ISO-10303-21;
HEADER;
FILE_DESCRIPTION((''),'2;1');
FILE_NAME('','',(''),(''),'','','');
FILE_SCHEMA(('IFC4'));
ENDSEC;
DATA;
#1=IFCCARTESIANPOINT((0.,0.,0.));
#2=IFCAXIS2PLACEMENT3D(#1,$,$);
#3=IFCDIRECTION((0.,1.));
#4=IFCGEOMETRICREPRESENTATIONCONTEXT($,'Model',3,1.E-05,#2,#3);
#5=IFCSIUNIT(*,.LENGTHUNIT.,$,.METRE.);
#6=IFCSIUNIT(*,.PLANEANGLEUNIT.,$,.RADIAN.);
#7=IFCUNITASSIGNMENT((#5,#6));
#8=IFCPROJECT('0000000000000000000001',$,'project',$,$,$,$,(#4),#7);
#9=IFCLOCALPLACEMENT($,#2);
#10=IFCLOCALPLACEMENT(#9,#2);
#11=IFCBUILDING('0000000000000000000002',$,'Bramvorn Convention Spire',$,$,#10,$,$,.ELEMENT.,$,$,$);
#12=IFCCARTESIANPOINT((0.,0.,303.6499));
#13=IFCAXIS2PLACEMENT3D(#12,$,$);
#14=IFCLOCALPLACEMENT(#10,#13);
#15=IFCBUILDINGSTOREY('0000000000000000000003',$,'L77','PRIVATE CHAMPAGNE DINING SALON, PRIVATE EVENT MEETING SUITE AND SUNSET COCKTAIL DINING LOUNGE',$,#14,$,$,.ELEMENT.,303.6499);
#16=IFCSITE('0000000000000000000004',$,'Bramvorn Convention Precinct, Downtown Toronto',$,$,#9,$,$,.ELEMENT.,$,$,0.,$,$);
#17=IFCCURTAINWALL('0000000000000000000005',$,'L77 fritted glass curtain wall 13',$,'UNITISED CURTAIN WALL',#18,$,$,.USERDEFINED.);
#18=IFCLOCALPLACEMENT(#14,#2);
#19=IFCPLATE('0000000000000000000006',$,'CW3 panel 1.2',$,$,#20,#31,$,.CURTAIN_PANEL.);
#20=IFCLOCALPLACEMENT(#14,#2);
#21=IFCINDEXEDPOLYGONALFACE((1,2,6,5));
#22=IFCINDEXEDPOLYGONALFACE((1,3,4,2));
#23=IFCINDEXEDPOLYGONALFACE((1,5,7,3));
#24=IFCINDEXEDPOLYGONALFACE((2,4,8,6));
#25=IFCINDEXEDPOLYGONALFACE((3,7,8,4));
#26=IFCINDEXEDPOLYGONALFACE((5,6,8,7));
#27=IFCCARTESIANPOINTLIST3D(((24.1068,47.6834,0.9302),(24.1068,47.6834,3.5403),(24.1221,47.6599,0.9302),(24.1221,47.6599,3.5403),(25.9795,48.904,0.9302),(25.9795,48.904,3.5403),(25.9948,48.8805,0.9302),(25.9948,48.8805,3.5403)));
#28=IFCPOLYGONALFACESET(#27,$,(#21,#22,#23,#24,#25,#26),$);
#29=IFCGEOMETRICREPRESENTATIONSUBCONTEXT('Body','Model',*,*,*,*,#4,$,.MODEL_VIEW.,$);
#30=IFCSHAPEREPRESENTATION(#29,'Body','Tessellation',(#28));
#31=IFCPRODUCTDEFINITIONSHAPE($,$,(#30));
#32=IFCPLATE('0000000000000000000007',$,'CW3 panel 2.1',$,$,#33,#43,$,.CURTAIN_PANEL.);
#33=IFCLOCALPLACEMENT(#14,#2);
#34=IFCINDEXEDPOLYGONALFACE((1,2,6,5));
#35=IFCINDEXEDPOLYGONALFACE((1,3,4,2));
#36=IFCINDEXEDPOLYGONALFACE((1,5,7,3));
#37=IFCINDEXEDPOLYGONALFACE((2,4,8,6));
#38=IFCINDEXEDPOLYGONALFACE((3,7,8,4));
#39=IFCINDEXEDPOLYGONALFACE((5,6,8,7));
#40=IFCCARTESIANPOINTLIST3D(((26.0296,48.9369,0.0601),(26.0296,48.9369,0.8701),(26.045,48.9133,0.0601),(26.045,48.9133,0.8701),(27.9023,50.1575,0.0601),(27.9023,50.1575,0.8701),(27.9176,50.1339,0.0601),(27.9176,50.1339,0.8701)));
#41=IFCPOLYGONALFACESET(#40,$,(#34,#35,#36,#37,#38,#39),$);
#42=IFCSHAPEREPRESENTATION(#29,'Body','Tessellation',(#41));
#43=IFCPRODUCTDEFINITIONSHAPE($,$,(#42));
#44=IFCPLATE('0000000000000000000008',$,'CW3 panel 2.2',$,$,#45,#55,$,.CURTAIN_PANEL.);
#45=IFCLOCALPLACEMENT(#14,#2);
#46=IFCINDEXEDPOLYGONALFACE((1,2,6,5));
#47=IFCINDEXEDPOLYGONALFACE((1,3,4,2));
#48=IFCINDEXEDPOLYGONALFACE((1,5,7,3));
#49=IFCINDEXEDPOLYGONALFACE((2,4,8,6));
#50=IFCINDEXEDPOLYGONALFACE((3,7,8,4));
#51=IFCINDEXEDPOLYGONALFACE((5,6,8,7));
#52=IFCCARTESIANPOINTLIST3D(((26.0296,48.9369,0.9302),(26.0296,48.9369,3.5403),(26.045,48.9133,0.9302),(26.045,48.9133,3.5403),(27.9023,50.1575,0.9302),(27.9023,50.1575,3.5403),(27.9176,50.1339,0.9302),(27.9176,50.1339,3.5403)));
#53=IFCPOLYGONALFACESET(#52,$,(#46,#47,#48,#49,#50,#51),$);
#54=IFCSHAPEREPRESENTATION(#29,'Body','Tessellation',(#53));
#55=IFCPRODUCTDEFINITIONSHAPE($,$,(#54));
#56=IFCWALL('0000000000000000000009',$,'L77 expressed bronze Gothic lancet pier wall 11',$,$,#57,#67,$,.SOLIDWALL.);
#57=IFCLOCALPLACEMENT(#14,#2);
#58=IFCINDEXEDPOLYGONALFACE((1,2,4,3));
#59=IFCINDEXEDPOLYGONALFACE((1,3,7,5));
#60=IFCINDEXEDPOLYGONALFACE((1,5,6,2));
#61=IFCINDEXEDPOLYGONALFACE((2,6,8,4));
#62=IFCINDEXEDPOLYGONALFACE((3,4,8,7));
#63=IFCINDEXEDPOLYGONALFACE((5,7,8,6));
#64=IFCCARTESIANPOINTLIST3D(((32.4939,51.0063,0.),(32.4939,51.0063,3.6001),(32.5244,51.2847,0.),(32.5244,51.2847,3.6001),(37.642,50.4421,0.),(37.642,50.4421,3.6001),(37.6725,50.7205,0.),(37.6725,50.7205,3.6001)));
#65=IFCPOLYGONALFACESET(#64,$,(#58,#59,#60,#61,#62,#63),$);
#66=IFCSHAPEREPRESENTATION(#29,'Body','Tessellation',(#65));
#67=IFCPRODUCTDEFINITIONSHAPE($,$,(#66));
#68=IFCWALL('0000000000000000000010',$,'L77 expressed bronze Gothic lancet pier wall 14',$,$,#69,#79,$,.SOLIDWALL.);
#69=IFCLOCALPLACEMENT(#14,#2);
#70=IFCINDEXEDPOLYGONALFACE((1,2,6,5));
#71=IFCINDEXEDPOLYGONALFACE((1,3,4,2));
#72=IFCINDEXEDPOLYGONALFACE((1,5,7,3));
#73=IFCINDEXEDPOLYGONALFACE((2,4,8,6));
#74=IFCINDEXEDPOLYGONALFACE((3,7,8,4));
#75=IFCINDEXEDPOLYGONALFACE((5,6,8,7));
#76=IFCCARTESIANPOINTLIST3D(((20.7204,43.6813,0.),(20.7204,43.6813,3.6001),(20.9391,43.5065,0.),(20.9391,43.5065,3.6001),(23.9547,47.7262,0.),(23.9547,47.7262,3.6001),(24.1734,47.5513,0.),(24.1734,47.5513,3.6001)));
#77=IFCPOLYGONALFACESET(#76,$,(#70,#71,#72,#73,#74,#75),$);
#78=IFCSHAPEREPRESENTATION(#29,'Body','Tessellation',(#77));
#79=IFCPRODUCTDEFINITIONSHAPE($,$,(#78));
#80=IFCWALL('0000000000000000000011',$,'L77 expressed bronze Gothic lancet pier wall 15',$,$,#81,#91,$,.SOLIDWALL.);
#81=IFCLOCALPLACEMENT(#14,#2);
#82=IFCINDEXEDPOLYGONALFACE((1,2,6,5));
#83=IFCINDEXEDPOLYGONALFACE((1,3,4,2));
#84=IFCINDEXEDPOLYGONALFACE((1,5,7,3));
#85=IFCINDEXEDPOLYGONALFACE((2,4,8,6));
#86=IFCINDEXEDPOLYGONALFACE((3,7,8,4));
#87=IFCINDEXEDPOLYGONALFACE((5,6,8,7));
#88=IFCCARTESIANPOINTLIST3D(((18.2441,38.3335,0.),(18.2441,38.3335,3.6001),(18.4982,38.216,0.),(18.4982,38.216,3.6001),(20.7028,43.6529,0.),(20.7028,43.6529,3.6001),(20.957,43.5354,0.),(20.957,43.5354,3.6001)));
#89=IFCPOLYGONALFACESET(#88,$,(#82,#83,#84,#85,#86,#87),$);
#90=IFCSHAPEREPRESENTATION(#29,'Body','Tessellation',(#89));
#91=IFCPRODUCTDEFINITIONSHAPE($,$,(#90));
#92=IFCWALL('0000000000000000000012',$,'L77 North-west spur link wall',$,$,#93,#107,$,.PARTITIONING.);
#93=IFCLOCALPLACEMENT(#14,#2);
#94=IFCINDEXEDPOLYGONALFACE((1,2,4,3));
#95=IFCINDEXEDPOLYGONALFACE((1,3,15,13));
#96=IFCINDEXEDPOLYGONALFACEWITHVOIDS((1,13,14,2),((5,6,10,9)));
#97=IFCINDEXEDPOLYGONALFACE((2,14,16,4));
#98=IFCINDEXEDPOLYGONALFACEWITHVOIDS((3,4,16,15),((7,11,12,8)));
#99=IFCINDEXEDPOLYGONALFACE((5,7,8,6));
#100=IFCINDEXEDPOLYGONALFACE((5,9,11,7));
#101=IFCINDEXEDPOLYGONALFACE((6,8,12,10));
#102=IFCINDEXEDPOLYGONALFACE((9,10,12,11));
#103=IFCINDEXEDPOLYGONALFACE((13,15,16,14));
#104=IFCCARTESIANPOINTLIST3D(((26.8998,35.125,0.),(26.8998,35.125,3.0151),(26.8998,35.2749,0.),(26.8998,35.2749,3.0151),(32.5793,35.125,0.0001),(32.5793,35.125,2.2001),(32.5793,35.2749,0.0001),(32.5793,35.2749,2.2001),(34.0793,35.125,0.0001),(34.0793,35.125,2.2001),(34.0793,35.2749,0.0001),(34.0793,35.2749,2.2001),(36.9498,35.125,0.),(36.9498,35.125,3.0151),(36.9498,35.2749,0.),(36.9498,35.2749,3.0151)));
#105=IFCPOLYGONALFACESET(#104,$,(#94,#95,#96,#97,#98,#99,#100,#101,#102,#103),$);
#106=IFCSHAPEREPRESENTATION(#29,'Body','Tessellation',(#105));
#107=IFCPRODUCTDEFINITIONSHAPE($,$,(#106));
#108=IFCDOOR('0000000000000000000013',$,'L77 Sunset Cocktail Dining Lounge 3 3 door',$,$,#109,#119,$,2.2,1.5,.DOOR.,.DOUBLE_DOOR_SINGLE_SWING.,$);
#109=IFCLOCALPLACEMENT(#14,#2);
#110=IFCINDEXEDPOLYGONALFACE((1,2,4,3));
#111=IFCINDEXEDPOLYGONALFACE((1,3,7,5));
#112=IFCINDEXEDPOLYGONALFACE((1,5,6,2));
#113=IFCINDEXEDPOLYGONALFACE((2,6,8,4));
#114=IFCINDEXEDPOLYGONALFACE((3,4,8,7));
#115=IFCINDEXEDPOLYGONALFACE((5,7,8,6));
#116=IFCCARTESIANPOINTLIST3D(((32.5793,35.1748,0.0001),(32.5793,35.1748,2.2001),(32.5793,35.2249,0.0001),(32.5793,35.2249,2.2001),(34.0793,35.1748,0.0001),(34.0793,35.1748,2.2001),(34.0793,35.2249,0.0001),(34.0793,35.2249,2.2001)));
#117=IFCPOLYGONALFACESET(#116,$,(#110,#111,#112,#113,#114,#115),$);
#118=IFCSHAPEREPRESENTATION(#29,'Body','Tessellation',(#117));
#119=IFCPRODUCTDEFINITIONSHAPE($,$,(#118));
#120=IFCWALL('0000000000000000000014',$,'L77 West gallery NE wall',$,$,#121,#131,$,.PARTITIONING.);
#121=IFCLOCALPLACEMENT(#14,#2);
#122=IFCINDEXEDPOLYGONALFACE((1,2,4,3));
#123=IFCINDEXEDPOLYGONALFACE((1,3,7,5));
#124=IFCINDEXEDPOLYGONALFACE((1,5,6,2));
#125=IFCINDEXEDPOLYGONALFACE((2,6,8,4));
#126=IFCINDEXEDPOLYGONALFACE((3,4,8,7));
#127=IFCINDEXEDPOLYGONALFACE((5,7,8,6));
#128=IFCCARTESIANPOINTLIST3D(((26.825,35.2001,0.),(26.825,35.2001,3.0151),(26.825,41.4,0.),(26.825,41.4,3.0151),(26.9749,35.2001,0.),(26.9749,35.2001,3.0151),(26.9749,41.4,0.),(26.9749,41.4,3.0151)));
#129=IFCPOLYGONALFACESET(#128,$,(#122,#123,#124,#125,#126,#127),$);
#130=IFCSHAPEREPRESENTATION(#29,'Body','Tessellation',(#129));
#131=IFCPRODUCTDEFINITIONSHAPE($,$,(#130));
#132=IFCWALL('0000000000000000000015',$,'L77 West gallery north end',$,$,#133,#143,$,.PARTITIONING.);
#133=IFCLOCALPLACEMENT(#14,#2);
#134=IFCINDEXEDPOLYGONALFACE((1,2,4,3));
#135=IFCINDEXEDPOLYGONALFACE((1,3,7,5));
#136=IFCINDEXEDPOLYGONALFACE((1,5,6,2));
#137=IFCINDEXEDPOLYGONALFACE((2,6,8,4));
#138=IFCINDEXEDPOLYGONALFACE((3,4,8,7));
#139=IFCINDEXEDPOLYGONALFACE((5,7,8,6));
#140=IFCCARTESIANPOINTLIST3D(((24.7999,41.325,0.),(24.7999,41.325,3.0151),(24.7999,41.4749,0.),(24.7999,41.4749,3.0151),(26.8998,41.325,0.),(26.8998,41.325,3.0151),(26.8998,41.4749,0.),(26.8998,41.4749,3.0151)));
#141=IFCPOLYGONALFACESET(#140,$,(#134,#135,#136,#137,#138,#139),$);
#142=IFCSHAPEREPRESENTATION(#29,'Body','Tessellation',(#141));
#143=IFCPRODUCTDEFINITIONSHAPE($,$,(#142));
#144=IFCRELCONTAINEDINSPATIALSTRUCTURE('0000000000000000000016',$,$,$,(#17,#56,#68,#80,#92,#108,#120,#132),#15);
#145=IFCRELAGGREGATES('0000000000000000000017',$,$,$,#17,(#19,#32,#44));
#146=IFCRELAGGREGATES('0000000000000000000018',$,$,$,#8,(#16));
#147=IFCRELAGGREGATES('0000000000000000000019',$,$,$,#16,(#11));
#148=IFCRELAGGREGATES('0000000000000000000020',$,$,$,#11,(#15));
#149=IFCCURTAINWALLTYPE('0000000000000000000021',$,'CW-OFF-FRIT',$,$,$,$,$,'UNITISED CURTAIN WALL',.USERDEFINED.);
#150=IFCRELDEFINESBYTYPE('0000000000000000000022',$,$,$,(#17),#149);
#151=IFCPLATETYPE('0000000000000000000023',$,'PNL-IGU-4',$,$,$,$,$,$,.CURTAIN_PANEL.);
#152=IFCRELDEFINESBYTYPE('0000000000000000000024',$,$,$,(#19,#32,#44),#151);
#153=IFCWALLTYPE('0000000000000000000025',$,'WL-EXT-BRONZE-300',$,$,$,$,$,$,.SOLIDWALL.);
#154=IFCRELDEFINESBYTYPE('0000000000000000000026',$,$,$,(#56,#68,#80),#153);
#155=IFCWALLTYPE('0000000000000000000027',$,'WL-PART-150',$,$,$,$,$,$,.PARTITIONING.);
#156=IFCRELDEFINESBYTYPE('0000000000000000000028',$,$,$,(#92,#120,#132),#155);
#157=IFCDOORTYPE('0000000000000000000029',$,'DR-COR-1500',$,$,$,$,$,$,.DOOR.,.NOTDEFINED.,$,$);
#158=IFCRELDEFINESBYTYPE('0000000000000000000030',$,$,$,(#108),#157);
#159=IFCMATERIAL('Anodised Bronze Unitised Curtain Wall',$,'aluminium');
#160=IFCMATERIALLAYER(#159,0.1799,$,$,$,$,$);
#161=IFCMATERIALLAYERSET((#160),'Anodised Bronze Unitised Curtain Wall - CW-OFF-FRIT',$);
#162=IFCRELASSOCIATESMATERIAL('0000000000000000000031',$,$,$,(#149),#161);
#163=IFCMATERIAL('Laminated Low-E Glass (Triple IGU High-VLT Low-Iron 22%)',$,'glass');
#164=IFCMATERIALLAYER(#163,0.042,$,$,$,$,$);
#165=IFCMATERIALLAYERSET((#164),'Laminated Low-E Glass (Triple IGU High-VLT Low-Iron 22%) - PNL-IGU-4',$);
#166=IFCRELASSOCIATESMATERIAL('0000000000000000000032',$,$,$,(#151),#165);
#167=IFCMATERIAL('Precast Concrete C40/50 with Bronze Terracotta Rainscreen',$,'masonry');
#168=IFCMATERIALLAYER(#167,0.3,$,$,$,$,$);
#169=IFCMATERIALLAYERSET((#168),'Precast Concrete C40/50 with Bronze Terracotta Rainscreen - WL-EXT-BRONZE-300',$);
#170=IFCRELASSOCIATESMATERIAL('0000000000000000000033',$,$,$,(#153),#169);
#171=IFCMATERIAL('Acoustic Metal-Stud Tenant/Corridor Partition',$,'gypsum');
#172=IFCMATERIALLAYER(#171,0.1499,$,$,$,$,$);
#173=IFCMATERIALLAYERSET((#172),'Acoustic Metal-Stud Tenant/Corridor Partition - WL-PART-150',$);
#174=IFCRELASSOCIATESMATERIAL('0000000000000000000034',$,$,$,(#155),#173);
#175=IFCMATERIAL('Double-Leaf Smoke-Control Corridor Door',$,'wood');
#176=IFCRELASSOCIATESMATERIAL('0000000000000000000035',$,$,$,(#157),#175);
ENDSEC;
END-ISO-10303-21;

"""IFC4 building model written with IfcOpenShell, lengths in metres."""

from ifc_helpers import new_model, si_unit, direction, frame, frame_2d, origin, origin_2d, place, context, subcontext, project, spatial, rectangle, extrude, material, layer, layer_set, type_object, element, fill, aggregate, save


model = new_model("IFC4")

# Units and contexts
model_context = context("Model", 3, precision=1e-05, world=origin(), true_north=direction((0.0, 1.0)))
body_context = subcontext(model_context, "Body", "Model", "MODEL_VIEW")
ifc_project = project(units=[si_unit("LENGTHUNIT", "METRE"), si_unit("PLANEANGLEUNIT", "RADIAN")], contexts=[model_context])

# Site, building, storey
site_placement = place(None, origin())
site = spatial("IfcSite", under=ifc_project, at=site_placement, Name="Bramvorn Convention Precinct, Downtown Toronto", CompositionType="ELEMENT", RefElevation=0.0)
building_placement = place(site_placement, origin())
building = spatial("IfcBuilding", under=site, at=building_placement, Name="Bramvorn Convention Spire", CompositionType="ELEMENT")
storey_placement = place(building_placement, frame((0.0, 0.0, 303.6499)))
storey = spatial("IfcBuildingStorey", under=building, at=storey_placement, Name="L77", Description="PRIVATE CHAMPAGNE DINING SALON, PRIVATE EVENT MEETING SUITE AND SUNSET COCKTAIL DINING LOUNGE", CompositionType="ELEMENT", Elevation=303.6499)

# Curtain wall
ifc_material_1 = material(Name="Anodised Bronze Unitised Curtain Wall", Category="aluminium")
ifc_layer_1 = layer(ifc_material_1, 0.1799)
ifc_layer_set_1 = layer_set([ifc_layer_1], Name="Anodised Bronze Unitised Curtain Wall - CW-OFF-FRIT")
curtain_wall_type = type_object("IfcCurtainWallType", Name="CW-OFF-FRIT", ElementType="UNITISED CURTAIN WALL", PredefinedType="USERDEFINED", material=ifc_layer_set_1)
curtain_wall_1_placement = place(storey_placement, origin())
curtain_wall_1 = element("IfcCurtainWall", 1, at=curtain_wall_1_placement, inside=storey, type_object=curtain_wall_type, Name="L77 fritted glass curtain wall 13", ObjectType="UNITISED CURTAIN WALL", PredefinedType="USERDEFINED")

# Plates
ifc_material_2 = material(Name="Laminated Low-E Glass (Triple IGU High-VLT Low-Iron 22%)", Category="glass")
ifc_layer_2 = layer(ifc_material_2, 0.042)
ifc_layer_set_2 = layer_set([ifc_layer_2], Name="Laminated Low-E Glass (Triple IGU High-VLT Low-Iron 22%) - PNL-IGU-4")
plate_type = type_object("IfcPlateType", Name="PNL-IGU-4", PredefinedType="CURTAIN_PANEL", material=ifc_layer_set_2)
plate_1_placement = place(storey_placement, frame((25.0508, 48.282, 0.9302), z_axis=(0.0, 0.0, 1.0), x_axis=(0.837755, 0.546046, 0.0)))
plate_1 = element("IfcPlate", 2, at=plate_1_placement, type_object=plate_type, Name="CW3 panel 1.2", PredefinedType="CURTAIN_PANEL", context=body_context, shape_type="SweptSolid", body=[
    extrude(rectangle(XDim=2.2354, YDim=0.0281, at=origin_2d()), origin(), (0.0, 0.0, 1.0), 2.6101),
])
plate_2_placement = place(storey_placement, frame((26.9736, 49.5354, 0.0601), z_axis=(0.0, 0.0, 1.0), x_axis=(0.837755, 0.546046, 0.0)))
plate_2 = element("IfcPlate", 3, at=plate_2_placement, type_object=plate_type, Name="CW3 panel 2.1", PredefinedType="CURTAIN_PANEL", context=body_context, shape_type="SweptSolid", body=[
    extrude(rectangle(XDim=2.2354, YDim=0.0281, at=origin_2d()), origin(), (0.0, 0.0, 1.0), 0.8101),
])
plate_3_placement = place(storey_placement, frame((26.9736, 49.5354, 0.9302), z_axis=(0.0, 0.0, 1.0), x_axis=(0.837755, 0.546046, 0.0)))
plate_3 = element("IfcPlate", 4, at=plate_3_placement, type_object=plate_type, Name="CW3 panel 2.2", PredefinedType="CURTAIN_PANEL", context=body_context, shape_type="SweptSolid", body=[
    extrude(rectangle(XDim=2.2354, YDim=0.0281, at=origin_2d()), origin(), (0.0, 0.0, 1.0), 2.6101),
])
aggregate(curtain_wall_1, [plate_1, plate_2, plate_3])

# Walls
ifc_material_3 = material(Name="Precast Concrete C40/50 with Bronze Terracotta Rainscreen", Category="masonry")
ifc_layer_3 = layer(ifc_material_3, 0.3)
ifc_layer_set_3 = layer_set([ifc_layer_3], Name="Precast Concrete C40/50 with Bronze Terracotta Rainscreen - WL-EXT-BRONZE-300")
wall_type_1 = type_object("IfcWallType", Name="WL-EXT-BRONZE-300", PredefinedType="SOLIDWALL", material=ifc_layer_set_3)
for number, where, z_axis, x_axis, name in (
    (5, (32.5093, 51.1455, 0.0), (0.0, 0.0, 1.0), (0.994048, -0.108941, 0.0), "L77 expressed bronze Gothic lancet pier wall 11"),
    (6, (20.8298, 43.594, 0.0), (0.0, 0.0, 1.0), (0.624511, 0.781016, 0.0), "L77 expressed bronze Gothic lancet pier wall 14"),
):
    element("IfcWall", number, at=place(storey_placement, frame(where, z_axis=z_axis, x_axis=x_axis)), inside=storey, type_object=wall_type_1, Name=name, PredefinedType="SOLIDWALL", context=body_context, shape_type="SweptSolid", body=[
        extrude(rectangle(XDim=5.179, YDim=0.28, at=frame_2d((2.5894, 0.0))), origin(), (0.0, 0.0, 1.0), 3.6001),
    ])
wall_1_placement = place(storey_placement, frame((18.3711, 38.2747, 0.0), z_axis=(0.0, 0.0, 1.0), x_axis=(0.419573, 0.907721, 0.0)))
element("IfcWall", 7, at=wall_1_placement, inside=storey, type_object=wall_type_1, Name="L77 expressed bronze Gothic lancet pier wall 15", PredefinedType="SOLIDWALL", context=body_context, shape_type="SweptSolid", body=[
    extrude(rectangle(XDim=5.8601, YDim=0.28, at=frame_2d((2.9302, 0.0))), origin(), (0.0, 0.0, 1.0), 3.6001),
])

# Wall, opening, door
ifc_material_4 = material(Name="Acoustic Metal-Stud Tenant/Corridor Partition", Category="gypsum")
ifc_layer_4 = layer(ifc_material_4, 0.1499)
ifc_layer_set_4 = layer_set([ifc_layer_4], Name="Acoustic Metal-Stud Tenant/Corridor Partition - WL-PART-150")
wall_type_2 = type_object("IfcWallType", Name="WL-PART-150", PredefinedType="PARTITIONING", material=ifc_layer_set_4)
wall_2_placement = place(storey_placement, frame((26.8999, 35.2, 0.0), z_axis=(0.0, 0.0, 1.0), x_axis=(1.0, 0.0, 0.0)))
wall_2 = element("IfcWall", 8, at=wall_2_placement, inside=storey, type_object=wall_type_2, Name="L77 North-west spur link wall", PredefinedType="PARTITIONING", context=body_context, shape_type="SweptSolid", body=[
    extrude(rectangle(XDim=10.05, YDim=0.1499, at=frame_2d((5.0249, 0.0))), origin(), (0.0, 0.0, 1.0), 3.0151),
])
opening_placement = place(wall_2_placement, frame((5.6794, 0.0, 0.0)))
opening = element("IfcOpeningElement", 9, at=opening_placement, cuts=wall_2, PredefinedType="OPENING", context=body_context, shape_type="SweptSolid", body=[
    extrude(rectangle(XDim=1.5, YDim=2.2, at=frame_2d((0.75, 1.1001))), frame((0.0, 0.085, 0.0), z_axis=(0.0, -1.0, 0.0), x_axis=(1.0, 0.0, 0.0)), (0.0, 0.0, 1.0), 0.1699),
])
ifc_material_5 = material(Name="Double-Leaf Smoke-Control Corridor Door", Category="wood")
door_type = type_object("IfcDoorType", Name="DR-COR-1500", OperationType="NOTDEFINED", PredefinedType="DOOR", material=ifc_material_5)
door_placement = place(opening_placement, origin())
door = element("IfcDoor", 10, at=door_placement, inside=storey, type_object=door_type, Name="L77 Sunset Cocktail Dining Lounge 3 3 door", OperationType="DOUBLE_DOOR_SINGLE_SWING", OverallHeight=2.2, OverallWidth=1.5, PredefinedType="DOOR", context=body_context, shape_type="SweptSolid", body=[
    extrude(rectangle(XDim=1.5, YDim=2.2, at=frame_2d((0.75, 1.1001))), frame((0.0, 0.0249, 0.0), z_axis=(0.0, -1.0, 0.0), x_axis=(1.0, 0.0, 0.0)), (0.0, 0.0, 1.0), 0.05),
])
fill(opening, door)

# Walls
wall_3_placement = place(storey_placement, frame((26.8999, 35.2, 0.0), z_axis=(0.0, 0.0, 1.0), x_axis=(0.0, 1.0, 0.0)))
element("IfcWall", 11, at=wall_3_placement, inside=storey, type_object=wall_type_2, Name="L77 West gallery NE wall", PredefinedType="PARTITIONING", context=body_context, shape_type="SweptSolid", body=[
    extrude(rectangle(XDim=6.2, YDim=0.1499, at=frame_2d((3.1001, 0.0))), origin(), (0.0, 0.0, 1.0), 3.0151),
])
wall_4_placement = place(storey_placement, frame((24.8, 41.3999, 0.0), z_axis=(0.0, 0.0, 1.0), x_axis=(1.0, 0.0, 0.0)))
element("IfcWall", 12, at=wall_4_placement, inside=storey, type_object=wall_type_2, Name="L77 West gallery north end", PredefinedType="PARTITIONING", context=body_context, shape_type="SweptSolid", body=[
    extrude(rectangle(XDim=2.0999, YDim=0.1499, at=frame_2d((1.0498, 0.0))), origin(), (0.0, 0.0, 1.0), 3.0151),
])

save(model, "model.ifc")
